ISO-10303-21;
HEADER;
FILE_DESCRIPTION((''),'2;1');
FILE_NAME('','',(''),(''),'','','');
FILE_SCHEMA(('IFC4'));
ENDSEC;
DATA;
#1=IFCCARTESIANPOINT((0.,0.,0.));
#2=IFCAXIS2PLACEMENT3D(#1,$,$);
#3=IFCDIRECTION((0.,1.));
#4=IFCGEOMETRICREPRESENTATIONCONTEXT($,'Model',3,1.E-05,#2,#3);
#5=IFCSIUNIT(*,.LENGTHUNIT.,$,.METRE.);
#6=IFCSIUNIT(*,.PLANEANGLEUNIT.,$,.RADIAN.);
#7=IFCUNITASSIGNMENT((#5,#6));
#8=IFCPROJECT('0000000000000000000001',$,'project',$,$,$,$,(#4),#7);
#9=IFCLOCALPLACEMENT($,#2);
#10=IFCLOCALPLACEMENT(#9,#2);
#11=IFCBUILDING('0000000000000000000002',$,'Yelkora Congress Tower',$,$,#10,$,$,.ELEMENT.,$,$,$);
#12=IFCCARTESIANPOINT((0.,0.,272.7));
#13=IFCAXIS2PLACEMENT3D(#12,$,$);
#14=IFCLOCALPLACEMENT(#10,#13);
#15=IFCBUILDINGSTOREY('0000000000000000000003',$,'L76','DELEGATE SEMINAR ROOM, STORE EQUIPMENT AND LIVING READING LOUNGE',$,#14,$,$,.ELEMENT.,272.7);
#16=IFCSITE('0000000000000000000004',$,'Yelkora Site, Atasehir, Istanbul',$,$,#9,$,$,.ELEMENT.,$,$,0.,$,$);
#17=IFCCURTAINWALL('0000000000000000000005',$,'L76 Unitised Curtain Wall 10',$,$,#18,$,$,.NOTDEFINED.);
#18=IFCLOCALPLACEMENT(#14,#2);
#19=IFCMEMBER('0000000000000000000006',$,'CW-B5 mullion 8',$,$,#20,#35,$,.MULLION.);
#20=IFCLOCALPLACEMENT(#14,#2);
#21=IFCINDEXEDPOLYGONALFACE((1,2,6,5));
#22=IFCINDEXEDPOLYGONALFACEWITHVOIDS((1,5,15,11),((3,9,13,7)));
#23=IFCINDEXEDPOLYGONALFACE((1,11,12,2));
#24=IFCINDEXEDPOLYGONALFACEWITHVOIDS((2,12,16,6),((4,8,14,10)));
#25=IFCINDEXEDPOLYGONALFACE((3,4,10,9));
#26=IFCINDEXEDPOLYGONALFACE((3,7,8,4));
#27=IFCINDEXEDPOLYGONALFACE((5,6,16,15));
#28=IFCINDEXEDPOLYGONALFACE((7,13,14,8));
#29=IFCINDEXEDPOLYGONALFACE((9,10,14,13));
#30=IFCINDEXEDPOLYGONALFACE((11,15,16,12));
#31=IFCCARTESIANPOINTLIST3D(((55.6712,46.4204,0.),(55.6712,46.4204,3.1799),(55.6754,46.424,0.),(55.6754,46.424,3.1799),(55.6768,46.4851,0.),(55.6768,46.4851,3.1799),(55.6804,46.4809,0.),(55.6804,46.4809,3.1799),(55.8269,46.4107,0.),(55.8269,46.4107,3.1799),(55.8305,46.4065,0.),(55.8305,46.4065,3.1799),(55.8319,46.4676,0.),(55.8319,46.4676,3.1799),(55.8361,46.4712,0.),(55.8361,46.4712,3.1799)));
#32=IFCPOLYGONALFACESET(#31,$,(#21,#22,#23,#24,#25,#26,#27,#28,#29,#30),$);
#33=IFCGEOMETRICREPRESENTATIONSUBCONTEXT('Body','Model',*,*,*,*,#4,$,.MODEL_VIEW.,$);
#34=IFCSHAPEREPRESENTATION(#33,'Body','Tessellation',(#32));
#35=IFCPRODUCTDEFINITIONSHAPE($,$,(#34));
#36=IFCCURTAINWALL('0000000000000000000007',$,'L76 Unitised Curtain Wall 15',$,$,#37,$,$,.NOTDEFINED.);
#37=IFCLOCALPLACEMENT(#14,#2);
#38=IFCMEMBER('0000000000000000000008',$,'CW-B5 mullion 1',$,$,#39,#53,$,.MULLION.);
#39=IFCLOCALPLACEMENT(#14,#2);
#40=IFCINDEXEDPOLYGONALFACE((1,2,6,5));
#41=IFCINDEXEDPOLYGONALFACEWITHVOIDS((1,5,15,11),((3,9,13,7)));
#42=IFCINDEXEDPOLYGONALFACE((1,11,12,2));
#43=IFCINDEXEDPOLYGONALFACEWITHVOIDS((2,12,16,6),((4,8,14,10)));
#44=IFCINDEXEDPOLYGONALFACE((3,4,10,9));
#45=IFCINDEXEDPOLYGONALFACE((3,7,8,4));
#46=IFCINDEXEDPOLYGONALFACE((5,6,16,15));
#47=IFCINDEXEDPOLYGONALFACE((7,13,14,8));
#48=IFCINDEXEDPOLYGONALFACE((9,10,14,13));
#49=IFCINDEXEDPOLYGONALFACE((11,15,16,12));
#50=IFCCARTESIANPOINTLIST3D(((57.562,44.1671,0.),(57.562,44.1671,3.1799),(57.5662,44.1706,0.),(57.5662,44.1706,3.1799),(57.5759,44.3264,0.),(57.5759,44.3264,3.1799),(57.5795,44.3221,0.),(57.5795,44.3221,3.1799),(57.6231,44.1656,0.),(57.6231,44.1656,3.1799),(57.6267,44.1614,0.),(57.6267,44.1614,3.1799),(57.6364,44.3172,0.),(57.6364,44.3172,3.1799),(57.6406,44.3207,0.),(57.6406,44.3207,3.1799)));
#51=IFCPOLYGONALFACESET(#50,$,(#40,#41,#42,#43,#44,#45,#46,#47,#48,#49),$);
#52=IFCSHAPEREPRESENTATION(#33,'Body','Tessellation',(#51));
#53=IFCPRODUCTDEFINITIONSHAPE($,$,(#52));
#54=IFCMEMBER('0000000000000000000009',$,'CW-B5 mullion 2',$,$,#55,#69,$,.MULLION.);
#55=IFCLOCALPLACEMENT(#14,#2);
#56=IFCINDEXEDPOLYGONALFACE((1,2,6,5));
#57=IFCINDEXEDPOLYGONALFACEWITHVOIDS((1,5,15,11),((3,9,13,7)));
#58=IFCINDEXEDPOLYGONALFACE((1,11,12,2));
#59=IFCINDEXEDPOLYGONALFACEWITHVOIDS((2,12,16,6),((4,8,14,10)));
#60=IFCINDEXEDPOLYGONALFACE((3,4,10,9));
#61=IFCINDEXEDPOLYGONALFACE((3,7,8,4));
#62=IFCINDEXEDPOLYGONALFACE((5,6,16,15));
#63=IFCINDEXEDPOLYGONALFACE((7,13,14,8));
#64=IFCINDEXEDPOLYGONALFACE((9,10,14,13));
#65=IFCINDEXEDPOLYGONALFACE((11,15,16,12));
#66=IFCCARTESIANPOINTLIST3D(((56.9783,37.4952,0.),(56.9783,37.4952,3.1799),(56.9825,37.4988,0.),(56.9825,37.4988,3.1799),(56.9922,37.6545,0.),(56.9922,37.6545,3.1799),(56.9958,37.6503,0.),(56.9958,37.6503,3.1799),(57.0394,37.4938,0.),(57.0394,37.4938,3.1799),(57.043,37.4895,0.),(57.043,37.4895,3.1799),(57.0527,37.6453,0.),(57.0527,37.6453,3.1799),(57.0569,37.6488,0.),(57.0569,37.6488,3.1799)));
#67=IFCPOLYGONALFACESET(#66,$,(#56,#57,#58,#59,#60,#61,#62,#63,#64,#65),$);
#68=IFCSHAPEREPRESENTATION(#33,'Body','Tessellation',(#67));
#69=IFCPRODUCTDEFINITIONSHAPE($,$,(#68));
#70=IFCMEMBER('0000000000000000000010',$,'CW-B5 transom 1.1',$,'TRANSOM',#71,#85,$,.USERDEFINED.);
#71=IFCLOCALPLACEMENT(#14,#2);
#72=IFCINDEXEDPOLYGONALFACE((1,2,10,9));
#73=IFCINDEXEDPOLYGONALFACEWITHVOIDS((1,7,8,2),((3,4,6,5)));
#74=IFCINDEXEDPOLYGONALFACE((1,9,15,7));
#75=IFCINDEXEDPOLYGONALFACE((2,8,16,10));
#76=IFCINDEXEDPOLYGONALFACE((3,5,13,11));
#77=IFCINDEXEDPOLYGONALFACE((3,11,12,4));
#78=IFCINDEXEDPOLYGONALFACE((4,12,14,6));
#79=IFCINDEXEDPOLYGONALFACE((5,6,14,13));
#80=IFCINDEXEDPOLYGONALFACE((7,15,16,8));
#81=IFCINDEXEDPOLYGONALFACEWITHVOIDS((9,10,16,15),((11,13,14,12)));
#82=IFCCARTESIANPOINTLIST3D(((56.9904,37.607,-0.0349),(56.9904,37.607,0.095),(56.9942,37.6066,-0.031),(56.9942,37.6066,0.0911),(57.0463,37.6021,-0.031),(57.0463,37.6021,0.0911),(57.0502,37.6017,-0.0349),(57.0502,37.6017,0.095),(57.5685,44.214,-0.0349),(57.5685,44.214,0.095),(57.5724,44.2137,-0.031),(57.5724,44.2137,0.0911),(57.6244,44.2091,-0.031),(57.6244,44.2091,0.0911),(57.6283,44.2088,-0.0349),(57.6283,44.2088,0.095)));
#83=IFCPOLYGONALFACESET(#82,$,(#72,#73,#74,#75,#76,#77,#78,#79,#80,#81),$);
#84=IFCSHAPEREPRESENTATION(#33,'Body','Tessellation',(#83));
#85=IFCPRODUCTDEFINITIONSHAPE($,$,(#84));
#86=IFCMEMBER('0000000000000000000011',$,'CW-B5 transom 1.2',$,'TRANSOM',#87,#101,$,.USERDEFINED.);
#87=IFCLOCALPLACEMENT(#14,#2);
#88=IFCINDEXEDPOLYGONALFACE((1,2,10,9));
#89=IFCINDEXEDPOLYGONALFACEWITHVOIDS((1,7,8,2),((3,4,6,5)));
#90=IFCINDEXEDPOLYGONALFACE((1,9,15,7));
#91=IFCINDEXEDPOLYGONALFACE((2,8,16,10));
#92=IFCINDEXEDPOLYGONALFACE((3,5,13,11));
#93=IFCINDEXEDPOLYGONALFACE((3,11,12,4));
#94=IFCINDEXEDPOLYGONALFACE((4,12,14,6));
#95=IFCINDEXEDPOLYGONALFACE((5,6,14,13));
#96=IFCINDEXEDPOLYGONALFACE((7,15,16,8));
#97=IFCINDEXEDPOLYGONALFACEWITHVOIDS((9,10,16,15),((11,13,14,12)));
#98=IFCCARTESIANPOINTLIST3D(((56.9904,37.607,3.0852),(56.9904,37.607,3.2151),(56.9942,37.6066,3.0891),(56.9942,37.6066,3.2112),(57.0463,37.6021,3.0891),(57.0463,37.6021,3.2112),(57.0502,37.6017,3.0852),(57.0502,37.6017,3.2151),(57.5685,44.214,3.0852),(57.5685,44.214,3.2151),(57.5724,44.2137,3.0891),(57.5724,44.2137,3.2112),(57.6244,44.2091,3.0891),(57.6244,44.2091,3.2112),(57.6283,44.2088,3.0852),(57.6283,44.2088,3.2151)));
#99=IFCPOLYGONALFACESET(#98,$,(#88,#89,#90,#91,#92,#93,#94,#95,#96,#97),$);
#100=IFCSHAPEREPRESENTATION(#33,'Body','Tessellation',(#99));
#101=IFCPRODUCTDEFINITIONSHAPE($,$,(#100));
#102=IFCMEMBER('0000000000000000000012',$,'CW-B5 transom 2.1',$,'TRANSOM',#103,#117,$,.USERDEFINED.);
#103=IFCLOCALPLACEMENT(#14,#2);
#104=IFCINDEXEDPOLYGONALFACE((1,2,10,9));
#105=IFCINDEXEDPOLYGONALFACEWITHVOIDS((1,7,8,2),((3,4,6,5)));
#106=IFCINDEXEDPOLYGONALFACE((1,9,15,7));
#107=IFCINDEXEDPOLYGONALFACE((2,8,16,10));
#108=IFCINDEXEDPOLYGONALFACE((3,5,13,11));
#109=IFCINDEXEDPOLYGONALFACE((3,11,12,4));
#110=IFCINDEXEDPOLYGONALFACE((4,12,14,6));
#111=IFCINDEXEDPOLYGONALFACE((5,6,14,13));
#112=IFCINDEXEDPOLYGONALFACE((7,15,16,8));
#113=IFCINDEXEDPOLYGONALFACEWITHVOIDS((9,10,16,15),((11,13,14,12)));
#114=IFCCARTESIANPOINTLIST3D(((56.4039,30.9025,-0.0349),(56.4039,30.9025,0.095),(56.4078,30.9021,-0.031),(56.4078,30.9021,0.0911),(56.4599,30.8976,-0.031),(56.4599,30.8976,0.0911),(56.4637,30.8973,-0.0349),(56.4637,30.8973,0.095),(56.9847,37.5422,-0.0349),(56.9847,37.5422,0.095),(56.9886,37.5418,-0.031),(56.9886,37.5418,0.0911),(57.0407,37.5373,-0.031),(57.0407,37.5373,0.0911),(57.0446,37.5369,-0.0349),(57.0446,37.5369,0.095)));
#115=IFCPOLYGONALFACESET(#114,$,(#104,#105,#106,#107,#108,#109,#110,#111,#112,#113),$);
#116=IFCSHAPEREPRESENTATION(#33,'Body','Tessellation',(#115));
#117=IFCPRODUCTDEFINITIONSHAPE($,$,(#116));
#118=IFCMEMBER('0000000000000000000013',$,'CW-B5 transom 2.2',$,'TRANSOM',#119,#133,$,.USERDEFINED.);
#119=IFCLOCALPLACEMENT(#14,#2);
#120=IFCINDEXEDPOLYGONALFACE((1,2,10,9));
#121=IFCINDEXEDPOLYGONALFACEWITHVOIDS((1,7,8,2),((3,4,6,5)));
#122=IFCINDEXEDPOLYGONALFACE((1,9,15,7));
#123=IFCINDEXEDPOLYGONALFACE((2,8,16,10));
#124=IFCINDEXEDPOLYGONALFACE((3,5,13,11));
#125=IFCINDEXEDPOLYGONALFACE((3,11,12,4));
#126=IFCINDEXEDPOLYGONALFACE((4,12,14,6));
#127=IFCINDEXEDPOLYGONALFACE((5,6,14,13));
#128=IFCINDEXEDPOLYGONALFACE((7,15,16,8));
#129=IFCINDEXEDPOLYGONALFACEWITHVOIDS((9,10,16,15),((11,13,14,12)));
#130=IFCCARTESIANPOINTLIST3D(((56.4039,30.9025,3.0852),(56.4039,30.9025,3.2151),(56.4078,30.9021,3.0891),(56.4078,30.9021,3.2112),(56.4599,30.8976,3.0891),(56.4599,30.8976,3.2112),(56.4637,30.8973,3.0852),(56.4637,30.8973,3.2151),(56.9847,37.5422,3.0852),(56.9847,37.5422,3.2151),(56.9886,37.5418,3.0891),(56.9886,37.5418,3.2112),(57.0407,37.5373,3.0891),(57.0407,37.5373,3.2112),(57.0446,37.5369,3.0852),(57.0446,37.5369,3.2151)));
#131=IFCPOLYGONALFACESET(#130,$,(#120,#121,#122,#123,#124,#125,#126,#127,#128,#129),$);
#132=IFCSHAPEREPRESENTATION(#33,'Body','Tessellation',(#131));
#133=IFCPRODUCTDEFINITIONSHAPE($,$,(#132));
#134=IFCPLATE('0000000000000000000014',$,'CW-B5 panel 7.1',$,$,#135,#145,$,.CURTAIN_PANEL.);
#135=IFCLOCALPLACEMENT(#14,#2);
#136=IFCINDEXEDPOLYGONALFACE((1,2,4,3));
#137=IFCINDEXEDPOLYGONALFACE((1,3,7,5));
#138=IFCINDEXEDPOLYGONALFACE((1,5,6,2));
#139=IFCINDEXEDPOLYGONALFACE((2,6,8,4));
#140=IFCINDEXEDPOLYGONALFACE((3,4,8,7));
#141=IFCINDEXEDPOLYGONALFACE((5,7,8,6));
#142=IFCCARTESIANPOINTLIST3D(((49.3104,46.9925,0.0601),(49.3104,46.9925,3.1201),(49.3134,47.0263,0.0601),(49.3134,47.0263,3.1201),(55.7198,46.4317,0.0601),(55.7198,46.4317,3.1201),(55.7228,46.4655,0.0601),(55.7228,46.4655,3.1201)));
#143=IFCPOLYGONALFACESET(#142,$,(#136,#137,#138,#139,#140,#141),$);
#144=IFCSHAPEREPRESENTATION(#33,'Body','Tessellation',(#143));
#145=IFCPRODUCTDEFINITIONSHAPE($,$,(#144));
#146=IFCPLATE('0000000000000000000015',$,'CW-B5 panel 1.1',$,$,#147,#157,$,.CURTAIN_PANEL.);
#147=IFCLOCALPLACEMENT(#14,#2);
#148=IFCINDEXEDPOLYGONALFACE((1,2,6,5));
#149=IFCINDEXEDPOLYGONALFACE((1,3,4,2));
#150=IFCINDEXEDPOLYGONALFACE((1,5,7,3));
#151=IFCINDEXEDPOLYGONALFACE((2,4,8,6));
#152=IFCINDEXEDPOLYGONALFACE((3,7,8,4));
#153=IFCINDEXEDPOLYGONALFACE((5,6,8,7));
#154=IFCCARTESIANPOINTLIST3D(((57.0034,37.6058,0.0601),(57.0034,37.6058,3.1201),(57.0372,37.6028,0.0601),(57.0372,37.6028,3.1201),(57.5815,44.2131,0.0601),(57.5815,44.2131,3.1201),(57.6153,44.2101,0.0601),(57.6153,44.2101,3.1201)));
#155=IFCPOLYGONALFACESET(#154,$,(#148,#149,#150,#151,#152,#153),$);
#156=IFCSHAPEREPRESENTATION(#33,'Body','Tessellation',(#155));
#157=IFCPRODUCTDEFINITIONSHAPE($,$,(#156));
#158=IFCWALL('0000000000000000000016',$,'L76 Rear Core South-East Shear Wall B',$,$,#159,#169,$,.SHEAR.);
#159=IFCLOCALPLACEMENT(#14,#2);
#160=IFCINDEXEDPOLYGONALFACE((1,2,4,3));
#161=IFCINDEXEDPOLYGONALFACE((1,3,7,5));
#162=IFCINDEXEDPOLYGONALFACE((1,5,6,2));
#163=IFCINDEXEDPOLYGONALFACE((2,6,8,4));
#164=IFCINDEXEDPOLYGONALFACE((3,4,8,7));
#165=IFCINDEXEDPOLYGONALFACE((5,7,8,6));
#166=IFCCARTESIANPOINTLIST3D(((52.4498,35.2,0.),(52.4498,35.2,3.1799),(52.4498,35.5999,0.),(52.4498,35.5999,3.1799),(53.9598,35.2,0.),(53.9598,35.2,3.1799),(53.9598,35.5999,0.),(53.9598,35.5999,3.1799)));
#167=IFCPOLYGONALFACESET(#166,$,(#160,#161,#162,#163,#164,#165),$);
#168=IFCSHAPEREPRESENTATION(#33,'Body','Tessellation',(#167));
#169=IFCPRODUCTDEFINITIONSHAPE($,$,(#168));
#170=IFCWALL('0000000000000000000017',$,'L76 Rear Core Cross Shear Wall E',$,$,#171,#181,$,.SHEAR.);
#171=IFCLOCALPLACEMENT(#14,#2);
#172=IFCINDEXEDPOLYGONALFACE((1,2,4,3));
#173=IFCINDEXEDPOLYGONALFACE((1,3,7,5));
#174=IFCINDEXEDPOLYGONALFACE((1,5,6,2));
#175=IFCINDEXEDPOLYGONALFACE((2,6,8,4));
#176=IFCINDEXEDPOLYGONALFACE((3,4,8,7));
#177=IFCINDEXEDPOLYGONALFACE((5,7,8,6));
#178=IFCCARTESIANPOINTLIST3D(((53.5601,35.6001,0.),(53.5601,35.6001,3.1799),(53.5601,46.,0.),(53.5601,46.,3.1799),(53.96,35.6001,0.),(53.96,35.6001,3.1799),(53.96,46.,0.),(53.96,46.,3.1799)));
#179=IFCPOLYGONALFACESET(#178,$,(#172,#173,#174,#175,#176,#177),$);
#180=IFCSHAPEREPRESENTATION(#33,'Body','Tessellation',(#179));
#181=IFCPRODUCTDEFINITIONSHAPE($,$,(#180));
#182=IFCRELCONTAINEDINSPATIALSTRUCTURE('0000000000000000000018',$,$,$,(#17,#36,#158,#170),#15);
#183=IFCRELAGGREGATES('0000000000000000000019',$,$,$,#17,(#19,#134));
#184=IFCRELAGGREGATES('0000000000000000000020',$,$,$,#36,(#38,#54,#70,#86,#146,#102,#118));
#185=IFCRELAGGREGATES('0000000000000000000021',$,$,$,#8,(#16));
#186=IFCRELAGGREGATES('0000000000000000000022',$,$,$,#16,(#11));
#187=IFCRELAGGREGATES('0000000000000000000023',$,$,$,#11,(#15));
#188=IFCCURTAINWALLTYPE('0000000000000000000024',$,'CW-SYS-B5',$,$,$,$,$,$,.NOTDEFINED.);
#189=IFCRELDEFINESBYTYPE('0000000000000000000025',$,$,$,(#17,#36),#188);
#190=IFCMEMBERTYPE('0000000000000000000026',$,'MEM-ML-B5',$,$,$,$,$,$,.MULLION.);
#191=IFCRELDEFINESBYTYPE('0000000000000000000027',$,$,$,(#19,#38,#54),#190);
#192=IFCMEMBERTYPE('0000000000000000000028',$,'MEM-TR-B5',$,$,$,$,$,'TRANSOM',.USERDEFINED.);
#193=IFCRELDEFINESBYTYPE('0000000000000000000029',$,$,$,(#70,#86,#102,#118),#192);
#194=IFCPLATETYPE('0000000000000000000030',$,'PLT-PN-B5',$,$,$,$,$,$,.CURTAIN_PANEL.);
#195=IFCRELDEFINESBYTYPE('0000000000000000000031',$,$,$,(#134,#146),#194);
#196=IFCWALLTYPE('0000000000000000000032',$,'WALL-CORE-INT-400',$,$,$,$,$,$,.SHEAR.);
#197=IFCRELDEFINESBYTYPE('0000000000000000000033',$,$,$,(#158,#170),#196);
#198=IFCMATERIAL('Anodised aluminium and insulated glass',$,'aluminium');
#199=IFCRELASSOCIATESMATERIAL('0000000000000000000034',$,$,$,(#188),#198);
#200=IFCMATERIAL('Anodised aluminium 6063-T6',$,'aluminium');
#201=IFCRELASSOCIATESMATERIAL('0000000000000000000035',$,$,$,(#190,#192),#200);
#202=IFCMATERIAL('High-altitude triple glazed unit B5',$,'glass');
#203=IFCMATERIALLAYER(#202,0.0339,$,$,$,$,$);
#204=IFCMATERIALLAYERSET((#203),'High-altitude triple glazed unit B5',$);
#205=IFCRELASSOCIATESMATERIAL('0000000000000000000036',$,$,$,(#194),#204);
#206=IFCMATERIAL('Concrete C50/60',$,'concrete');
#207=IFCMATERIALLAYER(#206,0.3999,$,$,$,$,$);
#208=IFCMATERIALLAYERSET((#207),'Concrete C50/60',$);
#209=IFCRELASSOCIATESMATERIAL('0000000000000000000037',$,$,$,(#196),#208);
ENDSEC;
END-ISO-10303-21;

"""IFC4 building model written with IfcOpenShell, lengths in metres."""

from ifc_helpers import new_model, si_unit, direction, frame, frame_2d, origin, origin_2d, place, context, subcontext, project, spatial, rectangle, hollow_rectangle, extrude, material, layer, layer_set, material_profile, profile_set, type_object, element, aggregate, save


model = new_model("IFC4")

# Units and contexts
model_context = context("Model", 3, precision=1e-05, world=origin(), true_north=direction((0.0, 1.0)))
body_context = subcontext(model_context, "Body", "Model", "MODEL_VIEW")
ifc_project = project(units=[si_unit("LENGTHUNIT", "METRE"), si_unit("PLANEANGLEUNIT", "RADIAN")], contexts=[model_context])

# Site, building, storey
site_placement = place(None, origin())
site = spatial("IfcSite", under=ifc_project, at=site_placement, Name="Yelkora Site, Atasehir, Istanbul", CompositionType="ELEMENT", RefElevation=0.0)
building_placement = place(site_placement, origin())
building = spatial("IfcBuilding", under=site, at=building_placement, Name="Yelkora Congress Tower", CompositionType="ELEMENT")
storey_placement = place(building_placement, frame((0.0, 0.0, 272.7)))
storey = spatial("IfcBuildingStorey", under=building, at=storey_placement, Name="L76", Description="DELEGATE SEMINAR ROOM, STORE EQUIPMENT AND LIVING READING LOUNGE", CompositionType="ELEMENT", Elevation=272.7)

# Curtain wall, member
ifc_material_1 = material(Name="Anodised aluminium and insulated glass", Category="aluminium")
curtain_wall_type = type_object("IfcCurtainWallType", Name="CW-SYS-B5", PredefinedType="NOTDEFINED", material=ifc_material_1)
curtain_wall_1_placement = place(storey_placement, origin())
curtain_wall_1 = element("IfcCurtainWall", 1, at=curtain_wall_1_placement, inside=storey, type_object=curtain_wall_type, Name="L76 Unitised Curtain Wall 10", PredefinedType="NOTDEFINED")
ifc_material_2 = material(Name="Anodised aluminium 6063-T6", Category="aluminium")
ifc_material_profile_1 = material_profile(ifc_material_2, hollow_rectangle(XDim=0.0649, YDim=0.1599, WallThickness=0.0039, at=origin_2d()), Name="ALU 65x160x4")
ifc_profile_set_1 = profile_set([ifc_material_profile_1], Name="Anodised aluminium 6063-T6")
member_type_1 = type_object("IfcMemberType", Name="MEM-ML-B5", PredefinedType="MULLION", material=ifc_profile_set_1)
member_1_placement = place(storey_placement, frame((55.7537, 46.4458, 0.0), z_axis=(0.0, 0.0, 1.0), x_axis=(0.087157, 0.996195, 0.0)))
member_1 = element("IfcMember", 2, at=member_1_placement, type_object=member_type_1, Name="CW-B5 mullion 8", PredefinedType="MULLION", context=body_context, shape_type="SweptSolid", body=[
    extrude(hollow_rectangle(XDim=0.0649, YDim=0.1599, WallThickness=0.0039, at=origin_2d()), origin(), (0.0, 0.0, 1.0), 3.1799),
])

# Curtain wall, members
curtain_wall_2_placement = place(storey_placement, origin())
curtain_wall_2 = element("IfcCurtainWall", 3, at=curtain_wall_2_placement, inside=storey, type_object=curtain_wall_type, Name="L76 Unitised Curtain Wall 15", PredefinedType="NOTDEFINED")
member_2_placement = place(storey_placement, frame((57.6013, 44.2439, 0.0), z_axis=(0.0, 0.0, 1.0), x_axis=(0.996194, -0.087158, 0.0)))
member_2 = element("IfcMember", 4, at=member_2_placement, type_object=member_type_1, Name="CW-B5 mullion 1", PredefinedType="MULLION", context=body_context, shape_type="SweptSolid", body=[
    extrude(hollow_rectangle(XDim=0.0649, YDim=0.1599, WallThickness=0.0039, at=origin_2d()), origin(), (0.0, 0.0, 1.0), 3.1799),
])
member_3_placement = place(storey_placement, frame((57.0176, 37.572, 0.0), z_axis=(0.0, 0.0, 1.0), x_axis=(0.996194, -0.087158, 0.0)))
member_3 = element("IfcMember", 5, at=member_3_placement, type_object=member_type_1, Name="CW-B5 mullion 2", PredefinedType="MULLION", context=body_context, shape_type="SweptSolid", body=[
    extrude(hollow_rectangle(XDim=0.0649, YDim=0.1599, WallThickness=0.0039, at=origin_2d()), origin(), (0.0, 0.0, 1.0), 3.1799),
])
ifc_material_profile_2 = material_profile(ifc_material_2, hollow_rectangle(XDim=0.0601, YDim=0.1299, WallThickness=0.0039, at=origin_2d()), Name="ALU 60x130x4")
ifc_profile_set_2 = profile_set([ifc_material_profile_2], Name="Anodised aluminium 6063-T6")
member_type_2 = type_object("IfcMemberType", Name="MEM-TR-B5", ElementType="TRANSOM", PredefinedType="USERDEFINED", material=ifc_profile_set_2)
member_4_placement = place(storey_placement, frame((57.5984, 44.2114, 0.03), z_axis=(-0.087166, -0.996194, 0.0), x_axis=(0.996194, -0.087166, 0.0)))
member_4 = element("IfcMember", 6, at=member_4_placement, type_object=member_type_2, Name="CW-B5 transom 1.1", ObjectType="TRANSOM", PredefinedType="USERDEFINED", context=body_context, shape_type="SweptSolid", body=[
    extrude(hollow_rectangle(XDim=0.0601, YDim=0.1299, WallThickness=0.0039, at=origin_2d()), origin(), (0.0, 0.0, 1.0), 6.6323),
])
member_5_placement = place(storey_placement, frame((57.5984, 44.2114, 3.1501), z_axis=(-0.087166, -0.996194, 0.0), x_axis=(0.996194, -0.087166, 0.0)))
member_5 = element("IfcMember", 7, at=member_5_placement, type_object=member_type_2, Name="CW-B5 transom 1.2", ObjectType="TRANSOM", PredefinedType="USERDEFINED", context=body_context, shape_type="SweptSolid", body=[
    extrude(hollow_rectangle(XDim=0.0601, YDim=0.1299, WallThickness=0.0039, at=origin_2d()), origin(), (0.0, 0.0, 1.0), 6.6323),
])
member_6_placement = place(storey_placement, frame((57.0146, 37.5396, 0.03), z_axis=(-0.087143, -0.996196, 0.0), x_axis=(0.996196, -0.087143, 0.0)))
member_6 = element("IfcMember", 8, at=member_6_placement, type_object=member_type_2, Name="CW-B5 transom 2.1", ObjectType="TRANSOM", PredefinedType="USERDEFINED", context=body_context, shape_type="SweptSolid", body=[
    extrude(hollow_rectangle(XDim=0.0601, YDim=0.1299, WallThickness=0.0039, at=origin_2d()), origin(), (0.0, 0.0, 1.0), 6.665),
])
member_7_placement = place(storey_placement, frame((57.0146, 37.5396, 3.1501), z_axis=(-0.087143, -0.996196, 0.0), x_axis=(0.996196, -0.087143, 0.0)))
member_7 = element("IfcMember", 9, at=member_7_placement, type_object=member_type_2, Name="CW-B5 transom 2.2", ObjectType="TRANSOM", PredefinedType="USERDEFINED", context=body_context, shape_type="SweptSolid", body=[
    extrude(hollow_rectangle(XDim=0.0601, YDim=0.1299, WallThickness=0.0039, at=origin_2d()), origin(), (0.0, 0.0, 1.0), 6.665),
])

# Plates
ifc_material_3 = material(Name="High-altitude triple glazed unit B5", Category="glass")
ifc_layer_1 = layer(ifc_material_3, 0.0339)
ifc_layer_set_1 = layer_set([ifc_layer_1], Name="High-altitude triple glazed unit B5")
plate_type = type_object("IfcPlateType", Name="PLT-PN-B5", PredefinedType="CURTAIN_PANEL", material=ifc_layer_set_1)
plate_1_placement = place(storey_placement, frame((52.5166, 46.729, 0.0601), z_axis=(0.0, 0.0, 1.0), x_axis=(0.996195, -0.087157, 0.0)))
plate_1 = element("IfcPlate", 10, at=plate_1_placement, type_object=plate_type, Name="CW-B5 panel 7.1", PredefinedType="CURTAIN_PANEL", context=body_context, shape_type="SweptSolid", body=[
    extrude(rectangle(XDim=6.4338, YDim=0.0339, at=origin_2d()), origin(), (0.0, 0.0, 1.0), 3.0601),
])
aggregate(curtain_wall_1, [member_1, plate_1])
plate_2_placement = place(storey_placement, frame((57.3093, 40.908, 0.0601), z_axis=(0.0, 0.0, 1.0), x_axis=(-0.087158, -0.996194, 0.0)))
plate_2 = element("IfcPlate", 11, at=plate_2_placement, type_object=plate_type, Name="CW-B5 panel 1.1", PredefinedType="CURTAIN_PANEL", context=body_context, shape_type="SweptSolid", body=[
    extrude(rectangle(XDim=6.6326, YDim=0.0339, at=origin_2d()), origin(), (0.0, 0.0, 1.0), 3.0601),
])
aggregate(curtain_wall_2, [member_2, member_3, member_4, member_5, plate_2, member_6, member_7])

# Walls
ifc_material_4 = material(Name="Concrete C50/60", Category="concrete")
ifc_layer_2 = layer(ifc_material_4, 0.3999)
ifc_layer_set_2 = layer_set([ifc_layer_2], Name="Concrete C50/60")
wall_type_1 = type_object("IfcWallType", Name="WALL-CORE-INT-400", PredefinedType="SHEAR", material=ifc_layer_set_2)
wall_1_placement = place(storey_placement, frame((52.45, 35.3999, 0.0), z_axis=(0.0, 0.0, 1.0), x_axis=(1.0, 0.0, 0.0)))
element("IfcWall", 12, at=wall_1_placement, inside=storey, type_object=wall_type_1, Name="L76 Rear Core South-East Shear Wall B", PredefinedType="SHEAR", context=body_context, shape_type="SweptSolid", body=[
    extrude(rectangle(XDim=1.51, YDim=0.3999, at=frame_2d((0.7549, 0.0))), origin(), (0.0, 0.0, 1.0), 3.1799),
])
wall_2_placement = place(storey_placement, frame((53.76, 35.6001, 0.0), z_axis=(0.0, 0.0, 1.0), x_axis=(0.0, 1.0, 0.0)))
element("IfcWall", 13, at=wall_2_placement, inside=storey, type_object=wall_type_1, Name="L76 Rear Core Cross Shear Wall E", PredefinedType="SHEAR", context=body_context, shape_type="SweptSolid", body=[
    extrude(rectangle(XDim=10.3999, YDim=0.3999, at=frame_2d((5.2, 0.0))), origin(), (0.0, 0.0, 1.0), 3.1799),
])

save(model, "model.ifc")
